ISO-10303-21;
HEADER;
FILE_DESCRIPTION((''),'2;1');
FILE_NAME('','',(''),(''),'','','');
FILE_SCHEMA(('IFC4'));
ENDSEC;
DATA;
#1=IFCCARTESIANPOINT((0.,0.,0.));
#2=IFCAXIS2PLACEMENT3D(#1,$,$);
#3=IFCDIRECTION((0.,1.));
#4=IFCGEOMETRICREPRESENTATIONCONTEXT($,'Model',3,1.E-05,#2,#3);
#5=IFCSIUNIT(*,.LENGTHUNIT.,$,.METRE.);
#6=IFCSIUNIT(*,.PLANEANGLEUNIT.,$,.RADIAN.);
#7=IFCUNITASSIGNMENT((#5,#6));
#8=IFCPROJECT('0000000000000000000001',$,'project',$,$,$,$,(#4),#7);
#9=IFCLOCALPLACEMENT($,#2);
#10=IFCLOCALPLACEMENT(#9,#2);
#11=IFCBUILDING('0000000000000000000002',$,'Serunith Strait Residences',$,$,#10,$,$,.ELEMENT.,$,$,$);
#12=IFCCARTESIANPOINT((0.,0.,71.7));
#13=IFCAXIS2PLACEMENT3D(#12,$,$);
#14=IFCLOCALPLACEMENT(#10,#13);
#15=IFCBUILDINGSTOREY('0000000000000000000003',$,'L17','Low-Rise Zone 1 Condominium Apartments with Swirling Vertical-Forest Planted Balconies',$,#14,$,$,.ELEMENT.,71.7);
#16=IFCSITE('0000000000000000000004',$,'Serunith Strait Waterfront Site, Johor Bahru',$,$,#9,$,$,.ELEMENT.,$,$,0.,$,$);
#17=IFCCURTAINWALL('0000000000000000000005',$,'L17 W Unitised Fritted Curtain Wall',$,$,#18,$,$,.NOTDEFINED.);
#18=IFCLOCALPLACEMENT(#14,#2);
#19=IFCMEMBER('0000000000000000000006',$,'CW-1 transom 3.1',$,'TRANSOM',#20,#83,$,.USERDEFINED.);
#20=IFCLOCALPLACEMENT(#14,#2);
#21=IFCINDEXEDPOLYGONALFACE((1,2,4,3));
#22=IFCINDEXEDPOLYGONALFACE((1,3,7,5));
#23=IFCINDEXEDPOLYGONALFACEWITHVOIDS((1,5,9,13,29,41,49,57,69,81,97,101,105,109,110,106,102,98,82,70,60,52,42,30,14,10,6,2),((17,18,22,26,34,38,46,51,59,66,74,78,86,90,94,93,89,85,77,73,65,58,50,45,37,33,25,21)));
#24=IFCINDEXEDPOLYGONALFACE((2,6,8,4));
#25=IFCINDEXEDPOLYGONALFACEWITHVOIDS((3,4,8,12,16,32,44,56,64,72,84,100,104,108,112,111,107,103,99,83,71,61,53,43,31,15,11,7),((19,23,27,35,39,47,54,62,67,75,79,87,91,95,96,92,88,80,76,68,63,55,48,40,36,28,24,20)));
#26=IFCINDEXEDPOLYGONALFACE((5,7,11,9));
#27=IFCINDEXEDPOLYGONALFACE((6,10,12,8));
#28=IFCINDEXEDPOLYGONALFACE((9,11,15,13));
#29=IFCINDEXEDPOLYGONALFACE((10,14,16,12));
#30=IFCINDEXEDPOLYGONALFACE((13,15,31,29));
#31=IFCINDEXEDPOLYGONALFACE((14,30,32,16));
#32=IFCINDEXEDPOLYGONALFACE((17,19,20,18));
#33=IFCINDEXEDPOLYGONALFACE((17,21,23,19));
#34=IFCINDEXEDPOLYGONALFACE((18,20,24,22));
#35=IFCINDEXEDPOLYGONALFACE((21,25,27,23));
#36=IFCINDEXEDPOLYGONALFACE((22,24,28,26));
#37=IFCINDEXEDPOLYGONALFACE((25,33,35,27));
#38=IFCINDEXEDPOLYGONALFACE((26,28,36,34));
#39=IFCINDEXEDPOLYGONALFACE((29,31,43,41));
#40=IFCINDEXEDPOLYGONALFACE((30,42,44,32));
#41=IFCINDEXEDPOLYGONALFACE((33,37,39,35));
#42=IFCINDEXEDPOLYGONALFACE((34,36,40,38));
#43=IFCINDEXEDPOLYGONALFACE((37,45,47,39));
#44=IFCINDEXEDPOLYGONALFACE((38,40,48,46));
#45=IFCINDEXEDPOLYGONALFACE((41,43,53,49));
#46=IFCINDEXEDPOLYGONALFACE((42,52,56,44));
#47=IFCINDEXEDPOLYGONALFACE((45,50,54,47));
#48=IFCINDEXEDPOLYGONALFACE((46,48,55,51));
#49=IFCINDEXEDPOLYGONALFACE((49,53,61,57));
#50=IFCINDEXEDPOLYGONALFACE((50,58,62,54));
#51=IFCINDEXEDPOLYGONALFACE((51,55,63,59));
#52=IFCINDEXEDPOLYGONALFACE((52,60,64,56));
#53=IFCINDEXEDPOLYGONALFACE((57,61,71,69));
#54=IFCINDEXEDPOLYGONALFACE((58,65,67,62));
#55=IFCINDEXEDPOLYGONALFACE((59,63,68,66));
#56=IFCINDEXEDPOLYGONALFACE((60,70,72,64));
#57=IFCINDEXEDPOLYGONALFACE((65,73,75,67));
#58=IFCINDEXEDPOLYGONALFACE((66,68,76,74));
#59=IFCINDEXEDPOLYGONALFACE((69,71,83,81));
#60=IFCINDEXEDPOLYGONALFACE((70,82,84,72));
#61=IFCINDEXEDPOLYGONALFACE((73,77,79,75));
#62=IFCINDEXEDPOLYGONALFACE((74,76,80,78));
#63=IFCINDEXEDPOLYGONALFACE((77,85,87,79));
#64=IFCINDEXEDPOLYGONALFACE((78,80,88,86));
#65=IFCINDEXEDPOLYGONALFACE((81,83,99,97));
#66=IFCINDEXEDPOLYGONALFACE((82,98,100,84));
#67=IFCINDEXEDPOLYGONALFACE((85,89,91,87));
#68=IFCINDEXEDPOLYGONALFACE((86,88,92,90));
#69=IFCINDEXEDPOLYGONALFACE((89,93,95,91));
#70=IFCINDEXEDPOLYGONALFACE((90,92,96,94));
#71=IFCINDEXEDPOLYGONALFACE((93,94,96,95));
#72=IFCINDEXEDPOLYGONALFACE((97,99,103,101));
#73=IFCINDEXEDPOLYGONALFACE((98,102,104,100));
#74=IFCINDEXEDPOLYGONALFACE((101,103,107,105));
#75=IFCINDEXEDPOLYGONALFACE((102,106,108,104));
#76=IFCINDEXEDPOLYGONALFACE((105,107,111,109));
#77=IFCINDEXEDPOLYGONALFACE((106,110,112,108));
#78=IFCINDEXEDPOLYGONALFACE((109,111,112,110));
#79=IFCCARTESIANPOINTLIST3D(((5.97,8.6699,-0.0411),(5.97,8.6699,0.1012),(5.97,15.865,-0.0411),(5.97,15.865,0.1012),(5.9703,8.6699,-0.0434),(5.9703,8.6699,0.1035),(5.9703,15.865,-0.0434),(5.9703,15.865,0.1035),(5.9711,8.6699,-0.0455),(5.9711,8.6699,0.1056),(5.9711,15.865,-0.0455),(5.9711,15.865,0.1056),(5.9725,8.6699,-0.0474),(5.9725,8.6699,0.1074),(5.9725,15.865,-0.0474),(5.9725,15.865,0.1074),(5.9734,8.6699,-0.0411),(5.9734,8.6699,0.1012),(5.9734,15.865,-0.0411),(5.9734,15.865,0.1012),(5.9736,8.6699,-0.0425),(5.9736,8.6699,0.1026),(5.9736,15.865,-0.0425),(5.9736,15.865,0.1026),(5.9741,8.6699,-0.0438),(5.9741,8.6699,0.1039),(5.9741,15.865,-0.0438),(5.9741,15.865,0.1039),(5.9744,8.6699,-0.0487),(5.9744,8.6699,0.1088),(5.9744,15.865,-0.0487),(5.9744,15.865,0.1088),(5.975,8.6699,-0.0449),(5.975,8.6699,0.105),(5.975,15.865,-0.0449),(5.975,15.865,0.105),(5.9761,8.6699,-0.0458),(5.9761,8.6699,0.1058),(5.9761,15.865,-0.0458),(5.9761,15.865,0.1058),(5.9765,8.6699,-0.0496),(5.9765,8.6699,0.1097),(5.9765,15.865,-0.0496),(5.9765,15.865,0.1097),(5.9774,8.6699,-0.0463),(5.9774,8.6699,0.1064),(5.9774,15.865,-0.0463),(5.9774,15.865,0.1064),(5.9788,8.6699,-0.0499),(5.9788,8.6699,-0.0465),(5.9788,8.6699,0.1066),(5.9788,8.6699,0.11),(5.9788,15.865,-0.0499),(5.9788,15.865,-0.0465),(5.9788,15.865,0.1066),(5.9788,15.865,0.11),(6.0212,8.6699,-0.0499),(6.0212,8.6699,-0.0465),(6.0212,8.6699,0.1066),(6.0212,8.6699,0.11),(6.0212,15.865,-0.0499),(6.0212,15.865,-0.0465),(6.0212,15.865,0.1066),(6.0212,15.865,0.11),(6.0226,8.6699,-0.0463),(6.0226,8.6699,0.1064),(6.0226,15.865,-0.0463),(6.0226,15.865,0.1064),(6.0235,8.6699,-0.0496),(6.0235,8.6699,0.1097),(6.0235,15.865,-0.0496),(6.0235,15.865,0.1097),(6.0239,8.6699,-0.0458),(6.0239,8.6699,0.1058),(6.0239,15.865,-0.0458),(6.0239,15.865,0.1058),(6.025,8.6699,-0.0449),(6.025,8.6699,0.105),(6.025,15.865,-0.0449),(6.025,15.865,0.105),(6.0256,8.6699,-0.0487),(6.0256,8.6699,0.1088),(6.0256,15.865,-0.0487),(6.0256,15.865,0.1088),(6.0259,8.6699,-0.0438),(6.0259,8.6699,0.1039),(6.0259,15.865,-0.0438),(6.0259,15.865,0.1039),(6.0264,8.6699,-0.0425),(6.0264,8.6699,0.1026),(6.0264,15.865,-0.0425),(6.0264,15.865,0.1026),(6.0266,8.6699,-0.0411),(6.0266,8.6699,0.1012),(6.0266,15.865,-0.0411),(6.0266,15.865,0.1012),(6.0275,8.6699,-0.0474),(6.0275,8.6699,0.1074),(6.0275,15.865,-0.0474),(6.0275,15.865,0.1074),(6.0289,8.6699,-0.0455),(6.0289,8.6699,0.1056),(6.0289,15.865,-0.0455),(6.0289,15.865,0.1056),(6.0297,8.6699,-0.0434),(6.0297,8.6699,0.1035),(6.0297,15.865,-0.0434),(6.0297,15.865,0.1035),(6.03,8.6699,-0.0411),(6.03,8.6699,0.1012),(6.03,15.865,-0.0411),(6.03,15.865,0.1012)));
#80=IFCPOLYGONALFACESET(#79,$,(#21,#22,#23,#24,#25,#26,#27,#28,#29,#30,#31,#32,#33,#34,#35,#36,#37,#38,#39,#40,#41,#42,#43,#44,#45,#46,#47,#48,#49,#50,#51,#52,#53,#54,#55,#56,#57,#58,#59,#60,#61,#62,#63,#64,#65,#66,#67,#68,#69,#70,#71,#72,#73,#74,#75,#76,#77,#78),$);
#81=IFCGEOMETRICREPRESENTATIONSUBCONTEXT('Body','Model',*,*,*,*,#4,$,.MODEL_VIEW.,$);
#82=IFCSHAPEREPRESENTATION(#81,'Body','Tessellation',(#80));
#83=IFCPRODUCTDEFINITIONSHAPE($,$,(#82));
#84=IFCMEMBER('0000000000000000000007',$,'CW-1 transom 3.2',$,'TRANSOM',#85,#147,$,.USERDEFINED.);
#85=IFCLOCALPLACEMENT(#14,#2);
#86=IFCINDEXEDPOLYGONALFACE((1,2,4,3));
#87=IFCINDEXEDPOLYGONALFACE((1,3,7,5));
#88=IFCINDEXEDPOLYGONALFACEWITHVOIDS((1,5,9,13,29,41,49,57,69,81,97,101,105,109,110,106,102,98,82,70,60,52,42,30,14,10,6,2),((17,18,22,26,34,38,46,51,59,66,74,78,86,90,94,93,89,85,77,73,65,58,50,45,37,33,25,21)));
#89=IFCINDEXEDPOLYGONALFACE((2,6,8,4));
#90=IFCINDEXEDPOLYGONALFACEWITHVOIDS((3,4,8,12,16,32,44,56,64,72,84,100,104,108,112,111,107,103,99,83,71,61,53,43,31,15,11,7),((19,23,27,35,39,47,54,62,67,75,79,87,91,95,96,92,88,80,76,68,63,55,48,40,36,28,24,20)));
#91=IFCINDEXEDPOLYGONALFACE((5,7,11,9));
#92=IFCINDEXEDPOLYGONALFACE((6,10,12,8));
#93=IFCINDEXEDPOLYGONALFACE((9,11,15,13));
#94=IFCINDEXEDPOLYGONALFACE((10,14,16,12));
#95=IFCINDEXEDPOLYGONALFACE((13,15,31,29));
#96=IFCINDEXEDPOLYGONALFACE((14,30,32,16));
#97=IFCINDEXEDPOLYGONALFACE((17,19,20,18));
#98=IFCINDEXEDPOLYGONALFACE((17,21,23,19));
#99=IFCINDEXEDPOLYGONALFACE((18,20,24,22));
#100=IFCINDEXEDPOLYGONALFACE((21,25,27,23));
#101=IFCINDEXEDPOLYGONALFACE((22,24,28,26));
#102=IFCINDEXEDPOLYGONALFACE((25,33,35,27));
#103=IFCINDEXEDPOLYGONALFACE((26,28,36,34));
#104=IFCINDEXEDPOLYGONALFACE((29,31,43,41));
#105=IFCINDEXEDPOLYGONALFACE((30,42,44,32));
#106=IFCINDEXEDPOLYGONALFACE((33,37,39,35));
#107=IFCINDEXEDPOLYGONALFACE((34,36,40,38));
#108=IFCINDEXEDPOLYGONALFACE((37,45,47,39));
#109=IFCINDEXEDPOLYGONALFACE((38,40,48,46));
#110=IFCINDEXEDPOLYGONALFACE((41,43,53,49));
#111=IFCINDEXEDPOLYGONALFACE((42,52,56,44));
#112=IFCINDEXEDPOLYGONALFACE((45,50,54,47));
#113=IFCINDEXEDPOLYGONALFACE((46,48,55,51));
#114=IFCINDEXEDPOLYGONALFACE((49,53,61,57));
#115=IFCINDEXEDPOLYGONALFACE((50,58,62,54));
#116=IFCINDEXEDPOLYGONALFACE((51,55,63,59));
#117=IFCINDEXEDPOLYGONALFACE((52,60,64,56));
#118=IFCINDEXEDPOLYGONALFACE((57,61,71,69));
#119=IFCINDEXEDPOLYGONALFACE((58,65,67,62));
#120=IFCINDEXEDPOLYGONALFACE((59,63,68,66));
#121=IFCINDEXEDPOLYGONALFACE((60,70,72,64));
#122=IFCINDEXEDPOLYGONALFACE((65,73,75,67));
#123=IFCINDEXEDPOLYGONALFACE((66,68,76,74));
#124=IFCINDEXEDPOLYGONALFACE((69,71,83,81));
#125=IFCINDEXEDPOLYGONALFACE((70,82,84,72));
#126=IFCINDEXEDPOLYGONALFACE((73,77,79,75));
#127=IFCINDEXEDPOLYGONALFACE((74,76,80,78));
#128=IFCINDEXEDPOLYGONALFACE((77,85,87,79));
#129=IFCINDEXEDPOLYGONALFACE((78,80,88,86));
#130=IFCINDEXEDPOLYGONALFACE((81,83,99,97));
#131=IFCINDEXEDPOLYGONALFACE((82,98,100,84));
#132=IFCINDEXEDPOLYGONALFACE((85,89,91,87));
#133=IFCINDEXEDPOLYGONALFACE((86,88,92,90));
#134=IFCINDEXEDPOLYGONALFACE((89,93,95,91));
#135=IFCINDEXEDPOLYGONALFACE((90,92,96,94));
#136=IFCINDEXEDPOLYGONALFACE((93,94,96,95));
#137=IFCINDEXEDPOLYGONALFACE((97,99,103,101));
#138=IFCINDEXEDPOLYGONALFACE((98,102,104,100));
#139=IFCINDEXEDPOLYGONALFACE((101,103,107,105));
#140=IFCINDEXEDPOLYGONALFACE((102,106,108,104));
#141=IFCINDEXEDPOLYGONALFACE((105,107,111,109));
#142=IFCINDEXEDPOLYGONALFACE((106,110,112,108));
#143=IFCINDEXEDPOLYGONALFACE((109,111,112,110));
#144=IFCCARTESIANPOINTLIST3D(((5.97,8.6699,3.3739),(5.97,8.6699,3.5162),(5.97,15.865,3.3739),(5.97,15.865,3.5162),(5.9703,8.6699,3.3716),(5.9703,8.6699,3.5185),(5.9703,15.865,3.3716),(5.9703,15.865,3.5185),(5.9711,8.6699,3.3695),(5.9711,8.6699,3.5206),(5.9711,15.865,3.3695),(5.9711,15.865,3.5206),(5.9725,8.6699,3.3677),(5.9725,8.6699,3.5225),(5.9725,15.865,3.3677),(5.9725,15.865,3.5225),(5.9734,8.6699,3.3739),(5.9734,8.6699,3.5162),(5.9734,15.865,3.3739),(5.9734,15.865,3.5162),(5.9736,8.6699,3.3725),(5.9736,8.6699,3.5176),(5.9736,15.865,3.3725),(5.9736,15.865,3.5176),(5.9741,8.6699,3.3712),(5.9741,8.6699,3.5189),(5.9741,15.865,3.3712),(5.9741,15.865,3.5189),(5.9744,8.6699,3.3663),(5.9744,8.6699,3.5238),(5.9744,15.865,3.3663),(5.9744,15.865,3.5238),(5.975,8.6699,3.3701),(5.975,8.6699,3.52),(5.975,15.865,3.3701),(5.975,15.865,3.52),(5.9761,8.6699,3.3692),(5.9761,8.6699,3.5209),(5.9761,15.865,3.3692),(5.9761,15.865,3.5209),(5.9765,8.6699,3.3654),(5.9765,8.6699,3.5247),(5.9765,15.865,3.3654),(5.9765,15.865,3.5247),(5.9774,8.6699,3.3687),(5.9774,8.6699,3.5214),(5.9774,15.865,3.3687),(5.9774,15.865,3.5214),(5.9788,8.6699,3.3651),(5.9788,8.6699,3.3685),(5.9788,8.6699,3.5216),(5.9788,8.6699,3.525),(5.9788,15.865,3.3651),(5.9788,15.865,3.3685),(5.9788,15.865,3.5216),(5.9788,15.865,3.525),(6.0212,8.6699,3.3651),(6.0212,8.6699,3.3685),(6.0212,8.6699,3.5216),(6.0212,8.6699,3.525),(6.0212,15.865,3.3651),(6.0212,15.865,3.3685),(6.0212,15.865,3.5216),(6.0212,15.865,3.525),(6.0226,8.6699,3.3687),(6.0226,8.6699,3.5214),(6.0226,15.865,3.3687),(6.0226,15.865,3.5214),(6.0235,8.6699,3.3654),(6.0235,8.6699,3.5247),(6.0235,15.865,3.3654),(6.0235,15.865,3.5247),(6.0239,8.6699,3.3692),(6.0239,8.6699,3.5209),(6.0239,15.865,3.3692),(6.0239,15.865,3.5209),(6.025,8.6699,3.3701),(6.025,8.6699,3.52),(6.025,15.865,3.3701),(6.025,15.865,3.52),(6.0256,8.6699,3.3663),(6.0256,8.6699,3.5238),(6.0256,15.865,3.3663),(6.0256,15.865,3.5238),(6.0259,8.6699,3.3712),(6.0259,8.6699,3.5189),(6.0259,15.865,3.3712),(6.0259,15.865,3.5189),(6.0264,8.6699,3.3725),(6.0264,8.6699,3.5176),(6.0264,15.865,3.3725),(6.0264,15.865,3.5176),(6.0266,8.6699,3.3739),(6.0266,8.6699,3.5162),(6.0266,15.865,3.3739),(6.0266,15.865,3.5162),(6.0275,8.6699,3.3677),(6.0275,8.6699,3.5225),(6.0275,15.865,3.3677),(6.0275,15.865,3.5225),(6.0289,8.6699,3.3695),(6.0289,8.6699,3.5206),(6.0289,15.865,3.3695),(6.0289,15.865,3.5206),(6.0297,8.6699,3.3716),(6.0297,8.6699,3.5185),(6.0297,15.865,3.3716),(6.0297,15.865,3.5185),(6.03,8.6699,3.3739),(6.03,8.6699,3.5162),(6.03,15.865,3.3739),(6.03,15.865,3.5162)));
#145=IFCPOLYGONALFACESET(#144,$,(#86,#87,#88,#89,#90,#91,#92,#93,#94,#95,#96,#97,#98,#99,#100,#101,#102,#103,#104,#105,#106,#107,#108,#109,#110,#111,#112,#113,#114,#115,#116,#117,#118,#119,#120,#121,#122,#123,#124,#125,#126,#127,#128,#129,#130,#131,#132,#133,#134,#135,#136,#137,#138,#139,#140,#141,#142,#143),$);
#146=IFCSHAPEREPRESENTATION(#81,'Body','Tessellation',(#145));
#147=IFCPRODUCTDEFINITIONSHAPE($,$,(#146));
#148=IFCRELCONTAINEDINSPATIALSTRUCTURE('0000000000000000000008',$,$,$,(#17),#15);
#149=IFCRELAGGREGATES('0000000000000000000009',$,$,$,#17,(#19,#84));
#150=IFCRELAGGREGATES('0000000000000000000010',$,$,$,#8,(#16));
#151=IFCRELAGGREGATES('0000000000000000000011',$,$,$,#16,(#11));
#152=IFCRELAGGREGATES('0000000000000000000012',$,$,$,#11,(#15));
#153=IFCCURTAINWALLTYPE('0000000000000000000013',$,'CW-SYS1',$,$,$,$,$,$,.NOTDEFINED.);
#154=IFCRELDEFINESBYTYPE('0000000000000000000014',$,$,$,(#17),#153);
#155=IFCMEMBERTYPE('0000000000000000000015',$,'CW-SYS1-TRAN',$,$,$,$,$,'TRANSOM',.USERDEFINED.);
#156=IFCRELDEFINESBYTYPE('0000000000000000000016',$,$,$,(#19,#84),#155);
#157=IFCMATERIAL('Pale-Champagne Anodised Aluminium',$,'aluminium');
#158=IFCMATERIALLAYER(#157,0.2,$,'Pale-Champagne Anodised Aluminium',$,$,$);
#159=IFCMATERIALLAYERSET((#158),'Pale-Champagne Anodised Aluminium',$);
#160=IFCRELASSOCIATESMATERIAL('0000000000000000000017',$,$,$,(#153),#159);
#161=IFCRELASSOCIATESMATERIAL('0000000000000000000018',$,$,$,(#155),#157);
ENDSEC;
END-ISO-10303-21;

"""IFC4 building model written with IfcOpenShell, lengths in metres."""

from ifc_helpers import new_model, si_unit, direction, frame, origin, origin_2d, place, context, subcontext, project, spatial, hollow_rectangle, extrude, source, transform, mapped, material, layer, layer_set, material_profile, profile_set, type_object, element, aggregate, save


model = new_model("IFC4")

# Units and contexts
model_context = context("Model", 3, precision=1e-05, world=origin(), true_north=direction((0.0, 1.0)))
body_context = subcontext(model_context, "Body", "Model", "MODEL_VIEW")
ifc_project = project(units=[si_unit("LENGTHUNIT", "METRE"), si_unit("PLANEANGLEUNIT", "RADIAN")], contexts=[model_context])

# Site, building, storey
site_placement = place(None, origin())
site = spatial("IfcSite", under=ifc_project, at=site_placement, Name="Serunith Strait Waterfront Site, Johor Bahru", CompositionType="ELEMENT", RefElevation=0.0)
building_placement = place(site_placement, origin())
building = spatial("IfcBuilding", under=site, at=building_placement, Name="Serunith Strait Residences", CompositionType="ELEMENT")
storey_placement = place(building_placement, frame((0.0, 0.0, 71.7)))
storey = spatial("IfcBuildingStorey", under=building, at=storey_placement, Name="L17", Description="Low-Rise Zone 1 Condominium Apartments with Swirling Vertical-Forest Planted Balconies", CompositionType="ELEMENT", Elevation=71.7)

# Curtain wall, members
ifc_material_1 = material(Name="Pale-Champagne Anodised Aluminium", Category="aluminium")
ifc_layer_1 = layer(ifc_material_1, 0.2, Name="Pale-Champagne Anodised Aluminium")
ifc_layer_set_1 = layer_set([ifc_layer_1], Name="Pale-Champagne Anodised Aluminium")
curtain_wall_type = type_object("IfcCurtainWallType", Name="CW-SYS1", PredefinedType="NOTDEFINED", material=ifc_layer_set_1)
curtain_wall_placement = place(storey_placement, origin())
curtain_wall = element("IfcCurtainWall", 1, at=curtain_wall_placement, inside=storey, type_object=curtain_wall_type, Name="L17 W Unitised Fritted Curtain Wall", PredefinedType="NOTDEFINED")
ifc_material_profile_1 = material_profile(ifc_material_1, hollow_rectangle(XDim=0.0601, YDim=0.1599, WallThickness=0.0034, InnerFilletRadius=0.0054, OuterFilletRadius=0.0088, at=origin_2d()), Name="ALU 160x60x3.5")
ifc_profile_set_1 = profile_set([ifc_material_profile_1], Name="Pale-Champagne Anodised Aluminium")
member_type_1 = type_object("IfcMemberType", Name="CW-SYS1-TRAN", ElementType="TRANSOM", PredefinedType="USERDEFINED", material=ifc_profile_set_1)
shared_shape_1 = source(origin(), body_context, "Body", "SweptSolid", [
    extrude(hollow_rectangle(XDim=0.0601, YDim=0.1599, WallThickness=0.0034, InnerFilletRadius=0.0054, OuterFilletRadius=0.0088, at=origin_2d()), origin(), (0.0, 0.0, 1.0), 7.1951),
])
member_1_placement = place(storey_placement, frame((6.0, 15.865, 0.03), z_axis=(0.0, -1.0, 0.0), x_axis=(1.0, 0.0, 0.0)))
member_1 = element("IfcMember", 2, at=member_1_placement, type_object=member_type_1, Name="CW-1 transom 3.1", ObjectType="TRANSOM", PredefinedType="USERDEFINED", context=body_context, shape_type="MappedRepresentation", body=[
    mapped(shared_shape_1, transform((0.0, 0.0, 0.0), scale=1.0)),
])
member_2_placement = place(storey_placement, frame((6.0, 15.865, 3.4451), z_axis=(0.0, -1.0, 0.0), x_axis=(1.0, 0.0, 0.0)))
member_2 = element("IfcMember", 3, at=member_2_placement, type_object=member_type_1, Name="CW-1 transom 3.2", ObjectType="TRANSOM", PredefinedType="USERDEFINED", context=body_context, shape_type="MappedRepresentation", body=[
    mapped(shared_shape_1, transform((0.0, 0.0, 0.0), scale=1.0)),
])
aggregate(curtain_wall, [member_1, member_2])

save(model, "model.ifc")
